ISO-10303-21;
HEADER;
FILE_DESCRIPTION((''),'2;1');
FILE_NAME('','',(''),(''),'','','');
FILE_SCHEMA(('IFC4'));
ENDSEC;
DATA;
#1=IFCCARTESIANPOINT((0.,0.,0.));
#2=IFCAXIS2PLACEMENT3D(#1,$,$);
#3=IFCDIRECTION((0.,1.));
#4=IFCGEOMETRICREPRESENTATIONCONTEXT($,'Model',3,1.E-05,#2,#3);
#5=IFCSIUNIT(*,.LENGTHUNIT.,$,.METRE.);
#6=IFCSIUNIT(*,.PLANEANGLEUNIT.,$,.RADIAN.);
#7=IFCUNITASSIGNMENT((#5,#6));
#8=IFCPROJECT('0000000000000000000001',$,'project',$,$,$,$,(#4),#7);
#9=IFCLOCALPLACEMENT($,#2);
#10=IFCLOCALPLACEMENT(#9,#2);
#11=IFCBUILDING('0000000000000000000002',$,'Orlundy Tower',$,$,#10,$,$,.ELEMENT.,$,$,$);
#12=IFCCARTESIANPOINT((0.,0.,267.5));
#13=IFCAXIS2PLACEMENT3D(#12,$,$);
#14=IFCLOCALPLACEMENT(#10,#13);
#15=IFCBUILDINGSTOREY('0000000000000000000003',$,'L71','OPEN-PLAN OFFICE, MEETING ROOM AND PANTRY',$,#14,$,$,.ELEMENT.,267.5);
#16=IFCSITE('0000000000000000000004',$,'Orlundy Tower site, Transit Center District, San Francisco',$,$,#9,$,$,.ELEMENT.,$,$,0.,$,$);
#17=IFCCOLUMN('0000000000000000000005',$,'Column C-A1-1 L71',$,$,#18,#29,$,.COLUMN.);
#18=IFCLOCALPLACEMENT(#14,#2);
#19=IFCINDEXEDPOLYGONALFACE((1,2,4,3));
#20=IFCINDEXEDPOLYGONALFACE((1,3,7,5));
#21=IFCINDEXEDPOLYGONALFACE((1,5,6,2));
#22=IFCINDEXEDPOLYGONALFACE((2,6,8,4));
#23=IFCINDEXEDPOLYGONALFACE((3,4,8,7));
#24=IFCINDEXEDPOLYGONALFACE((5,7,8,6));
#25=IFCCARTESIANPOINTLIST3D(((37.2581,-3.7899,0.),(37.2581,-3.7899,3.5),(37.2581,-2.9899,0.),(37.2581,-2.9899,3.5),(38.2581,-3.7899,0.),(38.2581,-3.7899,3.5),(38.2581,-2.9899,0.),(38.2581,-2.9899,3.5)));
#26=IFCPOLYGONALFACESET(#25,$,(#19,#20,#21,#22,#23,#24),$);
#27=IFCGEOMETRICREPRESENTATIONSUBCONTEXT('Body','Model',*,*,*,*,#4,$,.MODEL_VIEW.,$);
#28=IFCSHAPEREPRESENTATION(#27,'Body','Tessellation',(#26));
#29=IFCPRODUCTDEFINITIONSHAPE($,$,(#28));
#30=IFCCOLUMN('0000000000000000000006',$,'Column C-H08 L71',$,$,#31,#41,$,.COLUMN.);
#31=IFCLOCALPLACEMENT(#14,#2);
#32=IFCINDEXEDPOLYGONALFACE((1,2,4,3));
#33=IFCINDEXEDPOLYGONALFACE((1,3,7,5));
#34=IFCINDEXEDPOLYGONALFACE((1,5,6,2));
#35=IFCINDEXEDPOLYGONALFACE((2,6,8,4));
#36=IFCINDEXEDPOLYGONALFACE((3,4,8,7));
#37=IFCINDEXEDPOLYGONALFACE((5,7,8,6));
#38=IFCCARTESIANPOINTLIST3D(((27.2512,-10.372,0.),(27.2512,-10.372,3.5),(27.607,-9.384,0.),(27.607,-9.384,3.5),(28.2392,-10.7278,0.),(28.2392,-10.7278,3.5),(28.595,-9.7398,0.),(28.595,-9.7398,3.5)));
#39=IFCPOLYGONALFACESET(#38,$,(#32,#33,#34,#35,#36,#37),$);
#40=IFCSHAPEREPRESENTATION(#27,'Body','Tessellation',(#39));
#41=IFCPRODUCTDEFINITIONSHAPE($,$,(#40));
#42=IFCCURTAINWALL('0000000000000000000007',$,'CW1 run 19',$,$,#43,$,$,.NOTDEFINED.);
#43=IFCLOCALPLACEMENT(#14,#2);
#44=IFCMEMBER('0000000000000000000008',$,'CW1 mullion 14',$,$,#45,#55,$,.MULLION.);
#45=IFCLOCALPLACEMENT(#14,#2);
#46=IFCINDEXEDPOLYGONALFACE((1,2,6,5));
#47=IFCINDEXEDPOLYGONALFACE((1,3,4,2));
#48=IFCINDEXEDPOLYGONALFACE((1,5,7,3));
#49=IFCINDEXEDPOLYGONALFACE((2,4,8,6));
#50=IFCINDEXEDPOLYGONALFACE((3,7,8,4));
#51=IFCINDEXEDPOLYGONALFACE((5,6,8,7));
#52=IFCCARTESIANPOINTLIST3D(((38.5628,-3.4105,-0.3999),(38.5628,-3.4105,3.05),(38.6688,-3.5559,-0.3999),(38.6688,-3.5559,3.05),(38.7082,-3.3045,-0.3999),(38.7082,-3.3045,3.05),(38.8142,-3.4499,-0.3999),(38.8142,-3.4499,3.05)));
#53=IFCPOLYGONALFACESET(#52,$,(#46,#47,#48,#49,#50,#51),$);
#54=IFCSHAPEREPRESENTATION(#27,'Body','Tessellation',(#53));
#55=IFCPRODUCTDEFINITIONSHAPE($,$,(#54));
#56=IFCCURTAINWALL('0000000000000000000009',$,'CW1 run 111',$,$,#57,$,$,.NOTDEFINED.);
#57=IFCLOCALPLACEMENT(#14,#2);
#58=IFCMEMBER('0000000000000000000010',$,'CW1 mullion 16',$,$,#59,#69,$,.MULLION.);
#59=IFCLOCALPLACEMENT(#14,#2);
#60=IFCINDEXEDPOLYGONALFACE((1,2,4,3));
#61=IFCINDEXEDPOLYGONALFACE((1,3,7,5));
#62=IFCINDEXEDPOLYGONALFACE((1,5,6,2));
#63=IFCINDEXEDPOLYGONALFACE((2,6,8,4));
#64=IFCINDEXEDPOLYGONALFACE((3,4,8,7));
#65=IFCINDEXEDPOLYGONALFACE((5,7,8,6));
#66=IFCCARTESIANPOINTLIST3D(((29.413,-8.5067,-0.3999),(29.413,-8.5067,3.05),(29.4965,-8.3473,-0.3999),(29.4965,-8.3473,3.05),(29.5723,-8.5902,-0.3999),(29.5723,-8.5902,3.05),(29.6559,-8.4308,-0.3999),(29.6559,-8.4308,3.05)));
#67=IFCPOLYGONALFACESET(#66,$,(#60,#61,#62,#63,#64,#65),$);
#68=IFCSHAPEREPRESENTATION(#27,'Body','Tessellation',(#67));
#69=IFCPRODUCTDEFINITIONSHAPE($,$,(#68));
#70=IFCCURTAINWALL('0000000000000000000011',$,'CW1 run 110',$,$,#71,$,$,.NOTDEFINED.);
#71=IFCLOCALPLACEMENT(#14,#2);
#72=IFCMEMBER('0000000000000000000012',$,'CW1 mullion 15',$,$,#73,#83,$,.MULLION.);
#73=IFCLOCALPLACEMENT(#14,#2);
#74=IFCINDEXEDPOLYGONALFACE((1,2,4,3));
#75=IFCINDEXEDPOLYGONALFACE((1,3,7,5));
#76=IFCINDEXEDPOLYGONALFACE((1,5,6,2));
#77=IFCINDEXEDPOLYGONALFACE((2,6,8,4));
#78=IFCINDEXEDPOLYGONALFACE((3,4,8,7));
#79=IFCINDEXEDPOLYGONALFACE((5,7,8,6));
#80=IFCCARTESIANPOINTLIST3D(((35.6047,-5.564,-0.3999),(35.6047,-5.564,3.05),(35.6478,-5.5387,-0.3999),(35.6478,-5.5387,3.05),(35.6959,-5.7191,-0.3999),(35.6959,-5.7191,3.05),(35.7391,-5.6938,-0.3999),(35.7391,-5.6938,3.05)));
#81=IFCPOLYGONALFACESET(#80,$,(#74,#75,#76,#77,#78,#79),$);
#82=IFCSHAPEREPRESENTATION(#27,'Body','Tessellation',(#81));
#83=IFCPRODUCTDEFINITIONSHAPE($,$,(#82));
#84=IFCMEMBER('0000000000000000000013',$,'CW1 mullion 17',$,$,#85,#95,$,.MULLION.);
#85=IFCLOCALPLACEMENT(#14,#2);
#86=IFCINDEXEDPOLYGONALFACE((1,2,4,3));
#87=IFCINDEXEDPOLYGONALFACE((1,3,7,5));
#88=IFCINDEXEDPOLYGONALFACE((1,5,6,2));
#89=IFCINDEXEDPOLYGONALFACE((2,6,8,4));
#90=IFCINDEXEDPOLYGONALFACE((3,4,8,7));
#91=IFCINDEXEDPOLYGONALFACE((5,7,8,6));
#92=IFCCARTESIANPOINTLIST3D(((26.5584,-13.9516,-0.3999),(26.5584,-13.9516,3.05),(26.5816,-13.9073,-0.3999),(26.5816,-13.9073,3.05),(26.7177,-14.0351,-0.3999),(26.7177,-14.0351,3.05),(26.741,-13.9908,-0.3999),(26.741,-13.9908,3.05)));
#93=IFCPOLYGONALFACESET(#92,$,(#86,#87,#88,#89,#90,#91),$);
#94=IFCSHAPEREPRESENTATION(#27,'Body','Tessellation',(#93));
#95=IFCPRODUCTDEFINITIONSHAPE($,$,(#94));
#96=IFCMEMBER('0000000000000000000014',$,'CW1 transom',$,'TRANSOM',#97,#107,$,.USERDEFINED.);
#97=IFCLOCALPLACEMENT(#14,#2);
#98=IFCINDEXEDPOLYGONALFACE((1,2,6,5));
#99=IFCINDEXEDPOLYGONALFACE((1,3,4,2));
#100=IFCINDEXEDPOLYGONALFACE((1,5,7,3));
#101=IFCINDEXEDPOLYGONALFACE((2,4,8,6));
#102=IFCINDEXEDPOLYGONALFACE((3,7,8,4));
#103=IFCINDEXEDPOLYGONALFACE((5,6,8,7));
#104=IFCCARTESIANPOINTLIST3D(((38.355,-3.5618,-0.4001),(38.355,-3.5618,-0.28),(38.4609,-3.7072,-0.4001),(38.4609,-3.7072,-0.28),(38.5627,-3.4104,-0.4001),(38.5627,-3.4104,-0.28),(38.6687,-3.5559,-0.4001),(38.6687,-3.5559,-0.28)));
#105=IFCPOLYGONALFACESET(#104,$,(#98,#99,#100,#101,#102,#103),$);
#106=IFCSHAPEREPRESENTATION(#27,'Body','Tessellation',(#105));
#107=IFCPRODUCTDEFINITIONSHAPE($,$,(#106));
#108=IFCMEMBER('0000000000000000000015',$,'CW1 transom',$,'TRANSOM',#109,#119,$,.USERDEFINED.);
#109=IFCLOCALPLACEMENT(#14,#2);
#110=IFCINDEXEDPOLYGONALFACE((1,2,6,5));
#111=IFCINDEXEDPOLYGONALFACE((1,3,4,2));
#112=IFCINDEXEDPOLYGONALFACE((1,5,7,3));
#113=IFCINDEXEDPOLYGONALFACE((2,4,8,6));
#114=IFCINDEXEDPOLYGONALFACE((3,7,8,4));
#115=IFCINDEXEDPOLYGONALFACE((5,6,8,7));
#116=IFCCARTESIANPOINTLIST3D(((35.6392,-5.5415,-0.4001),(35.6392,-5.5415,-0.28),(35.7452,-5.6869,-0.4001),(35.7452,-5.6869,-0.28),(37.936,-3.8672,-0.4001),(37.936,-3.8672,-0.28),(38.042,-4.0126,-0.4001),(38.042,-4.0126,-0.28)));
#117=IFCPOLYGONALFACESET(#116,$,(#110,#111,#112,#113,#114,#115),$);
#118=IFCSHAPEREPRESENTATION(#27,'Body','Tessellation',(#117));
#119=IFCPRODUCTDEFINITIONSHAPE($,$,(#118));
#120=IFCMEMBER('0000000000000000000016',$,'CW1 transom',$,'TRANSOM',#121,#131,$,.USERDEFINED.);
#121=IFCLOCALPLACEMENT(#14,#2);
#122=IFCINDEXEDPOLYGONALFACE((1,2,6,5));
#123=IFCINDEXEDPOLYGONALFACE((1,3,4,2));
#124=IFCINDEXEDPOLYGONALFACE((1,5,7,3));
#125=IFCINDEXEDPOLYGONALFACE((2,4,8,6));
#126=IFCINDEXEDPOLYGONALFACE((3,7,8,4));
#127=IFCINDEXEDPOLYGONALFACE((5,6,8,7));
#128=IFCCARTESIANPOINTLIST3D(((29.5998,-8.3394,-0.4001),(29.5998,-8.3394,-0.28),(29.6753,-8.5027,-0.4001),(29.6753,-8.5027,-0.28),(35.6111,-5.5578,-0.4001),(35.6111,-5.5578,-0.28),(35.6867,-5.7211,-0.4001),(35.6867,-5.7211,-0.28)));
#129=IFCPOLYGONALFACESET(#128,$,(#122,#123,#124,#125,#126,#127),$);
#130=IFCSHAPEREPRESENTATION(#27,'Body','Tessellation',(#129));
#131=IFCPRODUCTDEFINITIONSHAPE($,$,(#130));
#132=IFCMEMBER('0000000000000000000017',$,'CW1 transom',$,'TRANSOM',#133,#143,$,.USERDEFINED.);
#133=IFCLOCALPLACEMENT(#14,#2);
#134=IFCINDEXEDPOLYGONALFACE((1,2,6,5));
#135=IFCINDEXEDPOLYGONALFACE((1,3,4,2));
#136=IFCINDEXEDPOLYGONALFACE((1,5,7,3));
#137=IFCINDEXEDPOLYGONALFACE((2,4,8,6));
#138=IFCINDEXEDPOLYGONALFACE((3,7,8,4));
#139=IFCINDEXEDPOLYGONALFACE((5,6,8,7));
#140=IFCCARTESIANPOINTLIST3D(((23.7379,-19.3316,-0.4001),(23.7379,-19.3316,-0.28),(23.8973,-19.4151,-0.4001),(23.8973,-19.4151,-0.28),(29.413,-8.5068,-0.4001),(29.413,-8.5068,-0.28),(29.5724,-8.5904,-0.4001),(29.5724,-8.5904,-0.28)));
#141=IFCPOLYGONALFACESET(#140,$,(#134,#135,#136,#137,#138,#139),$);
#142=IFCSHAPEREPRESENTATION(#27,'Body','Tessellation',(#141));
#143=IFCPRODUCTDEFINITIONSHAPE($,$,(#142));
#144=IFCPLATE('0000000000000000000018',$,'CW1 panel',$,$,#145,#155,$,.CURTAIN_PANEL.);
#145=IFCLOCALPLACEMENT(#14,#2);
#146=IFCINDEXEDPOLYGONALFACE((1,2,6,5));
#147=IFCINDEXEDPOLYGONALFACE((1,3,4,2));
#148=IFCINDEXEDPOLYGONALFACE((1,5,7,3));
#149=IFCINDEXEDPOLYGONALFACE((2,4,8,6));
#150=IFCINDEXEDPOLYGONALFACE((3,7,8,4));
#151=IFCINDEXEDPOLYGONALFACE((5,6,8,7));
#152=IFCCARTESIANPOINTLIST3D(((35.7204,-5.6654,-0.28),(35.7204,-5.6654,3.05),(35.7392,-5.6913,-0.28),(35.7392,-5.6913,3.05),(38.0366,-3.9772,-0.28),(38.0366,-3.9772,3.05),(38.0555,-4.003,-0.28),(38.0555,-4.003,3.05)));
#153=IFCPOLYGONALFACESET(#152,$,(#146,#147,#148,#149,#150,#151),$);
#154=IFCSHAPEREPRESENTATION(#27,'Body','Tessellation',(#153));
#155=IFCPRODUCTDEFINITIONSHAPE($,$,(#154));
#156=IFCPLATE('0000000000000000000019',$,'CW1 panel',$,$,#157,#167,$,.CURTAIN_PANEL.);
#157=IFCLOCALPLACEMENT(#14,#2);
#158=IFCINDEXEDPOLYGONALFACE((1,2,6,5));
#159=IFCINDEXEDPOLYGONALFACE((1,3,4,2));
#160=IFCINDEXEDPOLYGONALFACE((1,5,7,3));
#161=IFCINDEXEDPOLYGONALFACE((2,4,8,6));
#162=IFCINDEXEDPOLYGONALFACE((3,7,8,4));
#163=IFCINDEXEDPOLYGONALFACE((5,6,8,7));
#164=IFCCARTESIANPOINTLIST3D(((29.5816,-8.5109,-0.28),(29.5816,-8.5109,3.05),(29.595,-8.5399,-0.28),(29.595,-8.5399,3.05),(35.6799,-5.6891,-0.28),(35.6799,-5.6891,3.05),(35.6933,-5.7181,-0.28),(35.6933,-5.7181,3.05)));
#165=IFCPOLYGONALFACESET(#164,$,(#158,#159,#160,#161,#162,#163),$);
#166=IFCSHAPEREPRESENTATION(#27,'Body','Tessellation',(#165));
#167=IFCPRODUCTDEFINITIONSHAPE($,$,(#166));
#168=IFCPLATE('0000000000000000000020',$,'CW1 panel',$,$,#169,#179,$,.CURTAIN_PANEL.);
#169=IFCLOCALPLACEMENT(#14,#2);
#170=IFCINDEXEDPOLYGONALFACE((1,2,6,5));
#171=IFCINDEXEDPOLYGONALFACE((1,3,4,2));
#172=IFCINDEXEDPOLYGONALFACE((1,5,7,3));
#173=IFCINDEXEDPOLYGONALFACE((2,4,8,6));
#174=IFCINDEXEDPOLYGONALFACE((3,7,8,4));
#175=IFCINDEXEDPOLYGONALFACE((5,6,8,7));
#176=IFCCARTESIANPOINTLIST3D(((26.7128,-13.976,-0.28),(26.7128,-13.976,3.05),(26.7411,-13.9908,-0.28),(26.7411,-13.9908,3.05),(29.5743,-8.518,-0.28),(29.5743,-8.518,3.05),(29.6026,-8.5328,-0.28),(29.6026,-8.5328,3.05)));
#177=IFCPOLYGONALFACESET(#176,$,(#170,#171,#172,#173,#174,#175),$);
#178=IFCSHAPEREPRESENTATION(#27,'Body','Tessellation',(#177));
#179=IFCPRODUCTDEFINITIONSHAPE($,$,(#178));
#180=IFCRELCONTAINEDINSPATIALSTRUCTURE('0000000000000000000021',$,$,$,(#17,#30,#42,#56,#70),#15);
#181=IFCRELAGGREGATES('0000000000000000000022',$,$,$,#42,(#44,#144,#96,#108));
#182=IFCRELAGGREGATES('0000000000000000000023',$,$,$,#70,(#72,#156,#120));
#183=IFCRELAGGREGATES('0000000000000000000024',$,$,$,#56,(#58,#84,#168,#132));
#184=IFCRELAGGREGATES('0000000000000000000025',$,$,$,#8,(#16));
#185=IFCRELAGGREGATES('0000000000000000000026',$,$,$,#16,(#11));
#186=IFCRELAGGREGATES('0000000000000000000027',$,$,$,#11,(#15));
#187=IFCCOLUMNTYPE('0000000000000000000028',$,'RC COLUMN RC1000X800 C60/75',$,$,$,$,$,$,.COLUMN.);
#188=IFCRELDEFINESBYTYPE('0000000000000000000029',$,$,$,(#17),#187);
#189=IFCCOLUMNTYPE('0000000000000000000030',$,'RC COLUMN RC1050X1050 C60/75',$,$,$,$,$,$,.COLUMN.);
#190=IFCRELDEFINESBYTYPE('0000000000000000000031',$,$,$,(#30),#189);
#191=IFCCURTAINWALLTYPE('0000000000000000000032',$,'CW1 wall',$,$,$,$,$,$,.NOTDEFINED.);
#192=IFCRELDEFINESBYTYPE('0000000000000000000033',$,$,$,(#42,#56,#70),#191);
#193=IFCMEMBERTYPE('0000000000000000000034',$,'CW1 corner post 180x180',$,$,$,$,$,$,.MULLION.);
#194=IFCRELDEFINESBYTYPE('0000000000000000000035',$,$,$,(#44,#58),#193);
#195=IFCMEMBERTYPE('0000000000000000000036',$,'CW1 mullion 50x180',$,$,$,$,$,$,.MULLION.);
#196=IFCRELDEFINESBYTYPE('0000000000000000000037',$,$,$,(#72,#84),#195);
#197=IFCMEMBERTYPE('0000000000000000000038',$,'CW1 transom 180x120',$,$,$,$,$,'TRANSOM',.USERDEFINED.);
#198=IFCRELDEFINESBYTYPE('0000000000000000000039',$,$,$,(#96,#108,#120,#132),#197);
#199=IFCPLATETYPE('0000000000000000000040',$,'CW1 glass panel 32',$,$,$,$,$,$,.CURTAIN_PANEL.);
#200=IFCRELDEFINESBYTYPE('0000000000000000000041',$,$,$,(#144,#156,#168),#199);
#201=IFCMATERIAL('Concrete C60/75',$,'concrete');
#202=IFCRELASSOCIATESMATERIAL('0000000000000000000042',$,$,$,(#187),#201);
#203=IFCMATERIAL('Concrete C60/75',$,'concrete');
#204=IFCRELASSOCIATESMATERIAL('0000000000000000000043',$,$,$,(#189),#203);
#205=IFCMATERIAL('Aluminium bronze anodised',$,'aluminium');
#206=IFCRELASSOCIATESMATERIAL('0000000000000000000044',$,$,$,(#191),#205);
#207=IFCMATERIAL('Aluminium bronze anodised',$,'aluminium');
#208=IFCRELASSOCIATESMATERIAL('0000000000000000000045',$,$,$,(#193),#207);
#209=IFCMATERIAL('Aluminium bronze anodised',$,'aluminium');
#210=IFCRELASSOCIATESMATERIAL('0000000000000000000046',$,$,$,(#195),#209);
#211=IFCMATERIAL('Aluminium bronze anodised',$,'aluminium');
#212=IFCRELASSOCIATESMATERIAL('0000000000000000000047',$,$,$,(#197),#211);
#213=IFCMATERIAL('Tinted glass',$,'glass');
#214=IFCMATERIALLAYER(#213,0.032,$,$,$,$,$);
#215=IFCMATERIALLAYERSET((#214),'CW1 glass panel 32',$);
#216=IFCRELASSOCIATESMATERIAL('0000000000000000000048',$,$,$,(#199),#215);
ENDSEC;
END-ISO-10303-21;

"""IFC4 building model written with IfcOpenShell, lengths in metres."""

from ifc_helpers import new_model, si_unit, direction, frame, origin, origin_2d, place, context, subcontext, project, spatial, rectangle, extrude, material, layer, layer_set, material_profile, profile_set, type_object, element, aggregate, save


model = new_model("IFC4")

# Units and contexts
model_context = context("Model", 3, precision=1e-05, world=origin(), true_north=direction((0.0, 1.0)))
body_context = subcontext(model_context, "Body", "Model", "MODEL_VIEW")
ifc_project = project(units=[si_unit("LENGTHUNIT", "METRE"), si_unit("PLANEANGLEUNIT", "RADIAN")], contexts=[model_context])

# Site, building, storey
site_placement = place(None, origin())
site = spatial("IfcSite", under=ifc_project, at=site_placement, Name="Orlundy Tower site, Transit Center District, San Francisco", CompositionType="ELEMENT", RefElevation=0.0)
building_placement = place(site_placement, origin())
building = spatial("IfcBuilding", under=site, at=building_placement, Name="Orlundy Tower", CompositionType="ELEMENT")
storey_placement = place(building_placement, frame((0.0, 0.0, 267.5)))
storey = spatial("IfcBuildingStorey", under=building, at=storey_placement, Name="L71", Description="OPEN-PLAN OFFICE, MEETING ROOM AND PANTRY", CompositionType="ELEMENT", Elevation=267.5)

# Columns
ifc_material_1 = material(Name="Concrete C60/75", Category="concrete")
ifc_material_profile_1 = material_profile(ifc_material_1, rectangle(XDim=1.0, YDim=0.8, at=origin_2d()), Name="RC1000X800")
ifc_profile_set_1 = profile_set([ifc_material_profile_1], Name="Concrete C60/75")
column_type_1 = type_object("IfcColumnType", Name="RC COLUMN RC1000X800 C60/75", PredefinedType="COLUMN", material=ifc_profile_set_1)
column_1_placement = place(storey_placement, frame((37.7581, -3.3899, 0.0), z_axis=(0.0, 0.0, 1.0), x_axis=(1.0, 0.0, 0.0)))
element("IfcColumn", 1, at=column_1_placement, inside=storey, type_object=column_type_1, Name="Column C-A1-1 L71", PredefinedType="COLUMN", context=body_context, shape_type="SweptSolid", body=[
    extrude(rectangle(XDim=1.0, YDim=0.8, at=origin_2d()), origin(), (0.0, 0.0, 1.0), 3.5),
])
ifc_material_2 = material(Name="Concrete C60/75", Category="concrete")
ifc_material_profile_2 = material_profile(ifc_material_2, rectangle(XDim=1.05, YDim=1.05, at=origin_2d()), Name="RC1050X1050")
ifc_profile_set_2 = profile_set([ifc_material_profile_2], Name="Concrete C60/75")
column_type_2 = type_object("IfcColumnType", Name="RC COLUMN RC1050X1050 C60/75", PredefinedType="COLUMN", material=ifc_profile_set_2)
column_2_placement = place(storey_placement, frame((27.9231, -10.0559, 0.0), z_axis=(0.0, 0.0, 1.0), x_axis=(0.940845, -0.338836, 0.0)))
element("IfcColumn", 2, at=column_2_placement, inside=storey, type_object=column_type_2, Name="Column C-H08 L71", PredefinedType="COLUMN", context=body_context, shape_type="SweptSolid", body=[
    extrude(rectangle(XDim=1.05, YDim=1.05, at=origin_2d()), origin(), (0.0, 0.0, 1.0), 3.5),
])

# Curtain walls, members
ifc_material_3 = material(Name="Aluminium bronze anodised", Category="aluminium")
curtain_wall_type = type_object("IfcCurtainWallType", Name="CW1 wall", PredefinedType="NOTDEFINED", material=ifc_material_3)
curtain_wall_1_placement = place(storey_placement, origin())
curtain_wall_1 = element("IfcCurtainWall", 3, at=curtain_wall_1_placement, inside=storey, type_object=curtain_wall_type, Name="CW1 run 19", PredefinedType="NOTDEFINED")
ifc_material_4 = material(Name="Aluminium bronze anodised", Category="aluminium")
ifc_material_profile_3 = material_profile(ifc_material_4, rectangle(XDim=0.1799, YDim=0.1799, at=origin_2d()), Name="CW1 corner post 180x180")
ifc_profile_set_3 = profile_set([ifc_material_profile_3], Name="Aluminium bronze anodised")
member_type_1 = type_object("IfcMemberType", Name="CW1 corner post 180x180", PredefinedType="MULLION", material=ifc_profile_set_3)
member_1_placement = place(storey_placement, frame((38.6885, -3.4302, -0.3999), z_axis=(0.0, 0.0, 1.0), x_axis=(0.589022, -0.808117, 0.0)))
member_1 = element("IfcMember", 4, at=member_1_placement, type_object=member_type_1, Name="CW1 mullion 14", PredefinedType="MULLION", context=body_context, shape_type="SweptSolid", body=[
    extrude(rectangle(XDim=0.1799, YDim=0.1799, at=origin_2d()), origin(), (0.0, 0.0, 1.0), 3.45),
])
curtain_wall_2_placement = place(storey_placement, origin())
curtain_wall_2 = element("IfcCurtainWall", 5, at=curtain_wall_2_placement, inside=storey, type_object=curtain_wall_type, Name="CW1 run 111", PredefinedType="NOTDEFINED")
member_2_placement = place(storey_placement, frame((29.5344, -8.4688, -0.3999), z_axis=(0.0, 0.0, 1.0), x_axis=(0.885661, -0.464333, 0.0)))
member_2 = element("IfcMember", 6, at=member_2_placement, type_object=member_type_1, Name="CW1 mullion 16", PredefinedType="MULLION", context=body_context, shape_type="SweptSolid", body=[
    extrude(rectangle(XDim=0.1799, YDim=0.1799, at=origin_2d()), origin(), (0.0, 0.0, 1.0), 3.45),
])
curtain_wall_3_placement = place(storey_placement, origin())
curtain_wall_3 = element("IfcCurtainWall", 7, at=curtain_wall_3_placement, inside=storey, type_object=curtain_wall_type, Name="CW1 run 110", PredefinedType="NOTDEFINED")
ifc_material_5 = material(Name="Aluminium bronze anodised", Category="aluminium")
ifc_material_profile_4 = material_profile(ifc_material_5, rectangle(XDim=0.1799, YDim=0.05, at=origin_2d()), Name="CW1 mullion 50x180")
ifc_profile_set_4 = profile_set([ifc_material_profile_4], Name="Aluminium bronze anodised")
member_type_2 = type_object("IfcMemberType", Name="CW1 mullion 50x180", PredefinedType="MULLION", material=ifc_profile_set_4)
member_3_placement = place(storey_placement, frame((35.6719, -5.6289, -0.3999), z_axis=(0.0, 0.0, 1.0), x_axis=(0.506928, -0.861989, 0.0)))
member_3 = element("IfcMember", 8, at=member_3_placement, type_object=member_type_2, Name="CW1 mullion 15", PredefinedType="MULLION", context=body_context, shape_type="SweptSolid", body=[
    extrude(rectangle(XDim=0.1799, YDim=0.05, at=origin_2d()), origin(), (0.0, 0.0, 1.0), 3.45),
])

# Members
member_4_placement = place(storey_placement, frame((26.6497, -13.9712, -0.3999), z_axis=(0.0, 0.0, 1.0), x_axis=(0.885661, -0.464333, 0.0)))
member_4 = element("IfcMember", 9, at=member_4_placement, type_object=member_type_2, Name="CW1 mullion 17", PredefinedType="MULLION", context=body_context, shape_type="SweptSolid", body=[
    extrude(rectangle(XDim=0.1799, YDim=0.05, at=origin_2d()), origin(), (0.0, 0.0, 1.0), 3.45),
])
ifc_material_6 = material(Name="Aluminium bronze anodised", Category="aluminium")
ifc_material_profile_5 = material_profile(ifc_material_6, rectangle(XDim=0.1799, YDim=0.1201, at=origin_2d()), Name="CW1 transom 180x120")
ifc_profile_set_5 = profile_set([ifc_material_profile_5], Name="Aluminium bronze anodised")
member_type_3 = type_object("IfcMemberType", Name="CW1 transom 180x120", ElementType="TRANSOM", PredefinedType="USERDEFINED", material=ifc_profile_set_5)
member_5_placement = place(storey_placement, frame((38.6157, -3.4832, -0.3401), z_axis=(-0.808243, -0.588849, 0.0), x_axis=(0.588849, -0.808243, 0.0)))
member_5 = element("IfcMember", 10, at=member_5_placement, type_object=member_type_3, Name="CW1 transom", ObjectType="TRANSOM", PredefinedType="USERDEFINED", context=body_context, shape_type="SweptSolid", body=[
    extrude(rectangle(XDim=0.1799, YDim=0.1201, at=origin_2d()), origin(), (0.0, 0.0, 1.0), 0.2571),
])
member_6_placement = place(storey_placement, frame((37.989, -3.9399, -0.3401), z_axis=(-0.808089, -0.58906, 0.0), x_axis=(0.58906, -0.808089, 0.0)))
member_6 = element("IfcMember", 11, at=member_6_placement, type_object=member_type_3, Name="CW1 transom", ObjectType="TRANSOM", PredefinedType="USERDEFINED", context=body_context, shape_type="SweptSolid", body=[
    extrude(rectangle(XDim=0.1799, YDim=0.1201, at=origin_2d()), origin(), (0.0, 0.0, 1.0), 2.8423),
])
member_7_placement = place(storey_placement, frame((35.6489, -5.6394, -0.3401), z_axis=(-0.907545, -0.419956, 0.0), x_axis=(0.419956, -0.907545, 0.0)))
member_7 = element("IfcMember", 12, at=member_7_placement, type_object=member_type_3, Name="CW1 transom", ObjectType="TRANSOM", PredefinedType="USERDEFINED", context=body_context, shape_type="SweptSolid", body=[
    extrude(rectangle(XDim=0.1799, YDim=0.1201, at=origin_2d()), origin(), (0.0, 0.0, 1.0), 6.6238),
])
member_8_placement = place(storey_placement, frame((29.4927, -8.5486, -0.3401), z_axis=(-0.464326, -0.885665, 0.0), x_axis=(0.885665, -0.464326, 0.0)))
member_8 = element("IfcMember", 13, at=member_8_placement, type_object=member_type_3, Name="CW1 transom", ObjectType="TRANSOM", PredefinedType="USERDEFINED", context=body_context, shape_type="SweptSolid", body=[
    extrude(rectangle(XDim=0.1799, YDim=0.1201, at=origin_2d()), origin(), (0.0, 0.0, 1.0), 12.2222),
])

# Plates
ifc_material_7 = material(Name="Tinted glass", Category="glass")
ifc_layer_1 = layer(ifc_material_7, 0.032)
ifc_layer_set_1 = layer_set([ifc_layer_1], Name="CW1 glass panel 32")
plate_type = type_object("IfcPlateType", Name="CW1 glass panel 32", PredefinedType="CURTAIN_PANEL", material=ifc_layer_set_1)
plate_1_placement = place(storey_placement, frame((36.8879, -4.8342, -0.28), z_axis=(0.0, 0.0, 1.0), x_axis=(-0.808117, -0.589022, 0.0)))
plate_1 = element("IfcPlate", 14, at=plate_1_placement, type_object=plate_type, Name="CW1 panel", PredefinedType="CURTAIN_PANEL", context=body_context, shape_type="SweptSolid", body=[
    extrude(rectangle(XDim=2.8662, YDim=0.032, at=origin_2d()), origin(), (0.0, 0.0, 1.0), 3.3301),
])
aggregate(curtain_wall_1, [member_1, plate_1, member_5, member_6])
plate_2_placement = place(storey_placement, frame((32.6375, -7.1145, -0.28), z_axis=(0.0, 0.0, 1.0), x_axis=(-0.907549, -0.419946, 0.0)))
plate_2 = element("IfcPlate", 15, at=plate_2_placement, type_object=plate_type, Name="CW1 panel", PredefinedType="CURTAIN_PANEL", context=body_context, shape_type="SweptSolid", body=[
    extrude(rectangle(XDim=6.7195, YDim=0.032, at=origin_2d()), origin(), (0.0, 0.0, 1.0), 3.3301),
])
aggregate(curtain_wall_3, [member_3, plate_2, member_7])
plate_3_placement = place(storey_placement, frame((28.1577, -11.2544, -0.28), z_axis=(0.0, 0.0, 1.0), x_axis=(-0.464333, -0.885661, 0.0)))
plate_3 = element("IfcPlate", 16, at=plate_3_placement, type_object=plate_type, Name="CW1 panel", PredefinedType="CURTAIN_PANEL", context=body_context, shape_type="SweptSolid", body=[
    extrude(rectangle(XDim=6.1626, YDim=0.032, at=origin_2d()), origin(), (0.0, 0.0, 1.0), 3.3301),
])
aggregate(curtain_wall_2, [member_2, member_4, plate_3, member_8])

save(model, "model.ifc")
